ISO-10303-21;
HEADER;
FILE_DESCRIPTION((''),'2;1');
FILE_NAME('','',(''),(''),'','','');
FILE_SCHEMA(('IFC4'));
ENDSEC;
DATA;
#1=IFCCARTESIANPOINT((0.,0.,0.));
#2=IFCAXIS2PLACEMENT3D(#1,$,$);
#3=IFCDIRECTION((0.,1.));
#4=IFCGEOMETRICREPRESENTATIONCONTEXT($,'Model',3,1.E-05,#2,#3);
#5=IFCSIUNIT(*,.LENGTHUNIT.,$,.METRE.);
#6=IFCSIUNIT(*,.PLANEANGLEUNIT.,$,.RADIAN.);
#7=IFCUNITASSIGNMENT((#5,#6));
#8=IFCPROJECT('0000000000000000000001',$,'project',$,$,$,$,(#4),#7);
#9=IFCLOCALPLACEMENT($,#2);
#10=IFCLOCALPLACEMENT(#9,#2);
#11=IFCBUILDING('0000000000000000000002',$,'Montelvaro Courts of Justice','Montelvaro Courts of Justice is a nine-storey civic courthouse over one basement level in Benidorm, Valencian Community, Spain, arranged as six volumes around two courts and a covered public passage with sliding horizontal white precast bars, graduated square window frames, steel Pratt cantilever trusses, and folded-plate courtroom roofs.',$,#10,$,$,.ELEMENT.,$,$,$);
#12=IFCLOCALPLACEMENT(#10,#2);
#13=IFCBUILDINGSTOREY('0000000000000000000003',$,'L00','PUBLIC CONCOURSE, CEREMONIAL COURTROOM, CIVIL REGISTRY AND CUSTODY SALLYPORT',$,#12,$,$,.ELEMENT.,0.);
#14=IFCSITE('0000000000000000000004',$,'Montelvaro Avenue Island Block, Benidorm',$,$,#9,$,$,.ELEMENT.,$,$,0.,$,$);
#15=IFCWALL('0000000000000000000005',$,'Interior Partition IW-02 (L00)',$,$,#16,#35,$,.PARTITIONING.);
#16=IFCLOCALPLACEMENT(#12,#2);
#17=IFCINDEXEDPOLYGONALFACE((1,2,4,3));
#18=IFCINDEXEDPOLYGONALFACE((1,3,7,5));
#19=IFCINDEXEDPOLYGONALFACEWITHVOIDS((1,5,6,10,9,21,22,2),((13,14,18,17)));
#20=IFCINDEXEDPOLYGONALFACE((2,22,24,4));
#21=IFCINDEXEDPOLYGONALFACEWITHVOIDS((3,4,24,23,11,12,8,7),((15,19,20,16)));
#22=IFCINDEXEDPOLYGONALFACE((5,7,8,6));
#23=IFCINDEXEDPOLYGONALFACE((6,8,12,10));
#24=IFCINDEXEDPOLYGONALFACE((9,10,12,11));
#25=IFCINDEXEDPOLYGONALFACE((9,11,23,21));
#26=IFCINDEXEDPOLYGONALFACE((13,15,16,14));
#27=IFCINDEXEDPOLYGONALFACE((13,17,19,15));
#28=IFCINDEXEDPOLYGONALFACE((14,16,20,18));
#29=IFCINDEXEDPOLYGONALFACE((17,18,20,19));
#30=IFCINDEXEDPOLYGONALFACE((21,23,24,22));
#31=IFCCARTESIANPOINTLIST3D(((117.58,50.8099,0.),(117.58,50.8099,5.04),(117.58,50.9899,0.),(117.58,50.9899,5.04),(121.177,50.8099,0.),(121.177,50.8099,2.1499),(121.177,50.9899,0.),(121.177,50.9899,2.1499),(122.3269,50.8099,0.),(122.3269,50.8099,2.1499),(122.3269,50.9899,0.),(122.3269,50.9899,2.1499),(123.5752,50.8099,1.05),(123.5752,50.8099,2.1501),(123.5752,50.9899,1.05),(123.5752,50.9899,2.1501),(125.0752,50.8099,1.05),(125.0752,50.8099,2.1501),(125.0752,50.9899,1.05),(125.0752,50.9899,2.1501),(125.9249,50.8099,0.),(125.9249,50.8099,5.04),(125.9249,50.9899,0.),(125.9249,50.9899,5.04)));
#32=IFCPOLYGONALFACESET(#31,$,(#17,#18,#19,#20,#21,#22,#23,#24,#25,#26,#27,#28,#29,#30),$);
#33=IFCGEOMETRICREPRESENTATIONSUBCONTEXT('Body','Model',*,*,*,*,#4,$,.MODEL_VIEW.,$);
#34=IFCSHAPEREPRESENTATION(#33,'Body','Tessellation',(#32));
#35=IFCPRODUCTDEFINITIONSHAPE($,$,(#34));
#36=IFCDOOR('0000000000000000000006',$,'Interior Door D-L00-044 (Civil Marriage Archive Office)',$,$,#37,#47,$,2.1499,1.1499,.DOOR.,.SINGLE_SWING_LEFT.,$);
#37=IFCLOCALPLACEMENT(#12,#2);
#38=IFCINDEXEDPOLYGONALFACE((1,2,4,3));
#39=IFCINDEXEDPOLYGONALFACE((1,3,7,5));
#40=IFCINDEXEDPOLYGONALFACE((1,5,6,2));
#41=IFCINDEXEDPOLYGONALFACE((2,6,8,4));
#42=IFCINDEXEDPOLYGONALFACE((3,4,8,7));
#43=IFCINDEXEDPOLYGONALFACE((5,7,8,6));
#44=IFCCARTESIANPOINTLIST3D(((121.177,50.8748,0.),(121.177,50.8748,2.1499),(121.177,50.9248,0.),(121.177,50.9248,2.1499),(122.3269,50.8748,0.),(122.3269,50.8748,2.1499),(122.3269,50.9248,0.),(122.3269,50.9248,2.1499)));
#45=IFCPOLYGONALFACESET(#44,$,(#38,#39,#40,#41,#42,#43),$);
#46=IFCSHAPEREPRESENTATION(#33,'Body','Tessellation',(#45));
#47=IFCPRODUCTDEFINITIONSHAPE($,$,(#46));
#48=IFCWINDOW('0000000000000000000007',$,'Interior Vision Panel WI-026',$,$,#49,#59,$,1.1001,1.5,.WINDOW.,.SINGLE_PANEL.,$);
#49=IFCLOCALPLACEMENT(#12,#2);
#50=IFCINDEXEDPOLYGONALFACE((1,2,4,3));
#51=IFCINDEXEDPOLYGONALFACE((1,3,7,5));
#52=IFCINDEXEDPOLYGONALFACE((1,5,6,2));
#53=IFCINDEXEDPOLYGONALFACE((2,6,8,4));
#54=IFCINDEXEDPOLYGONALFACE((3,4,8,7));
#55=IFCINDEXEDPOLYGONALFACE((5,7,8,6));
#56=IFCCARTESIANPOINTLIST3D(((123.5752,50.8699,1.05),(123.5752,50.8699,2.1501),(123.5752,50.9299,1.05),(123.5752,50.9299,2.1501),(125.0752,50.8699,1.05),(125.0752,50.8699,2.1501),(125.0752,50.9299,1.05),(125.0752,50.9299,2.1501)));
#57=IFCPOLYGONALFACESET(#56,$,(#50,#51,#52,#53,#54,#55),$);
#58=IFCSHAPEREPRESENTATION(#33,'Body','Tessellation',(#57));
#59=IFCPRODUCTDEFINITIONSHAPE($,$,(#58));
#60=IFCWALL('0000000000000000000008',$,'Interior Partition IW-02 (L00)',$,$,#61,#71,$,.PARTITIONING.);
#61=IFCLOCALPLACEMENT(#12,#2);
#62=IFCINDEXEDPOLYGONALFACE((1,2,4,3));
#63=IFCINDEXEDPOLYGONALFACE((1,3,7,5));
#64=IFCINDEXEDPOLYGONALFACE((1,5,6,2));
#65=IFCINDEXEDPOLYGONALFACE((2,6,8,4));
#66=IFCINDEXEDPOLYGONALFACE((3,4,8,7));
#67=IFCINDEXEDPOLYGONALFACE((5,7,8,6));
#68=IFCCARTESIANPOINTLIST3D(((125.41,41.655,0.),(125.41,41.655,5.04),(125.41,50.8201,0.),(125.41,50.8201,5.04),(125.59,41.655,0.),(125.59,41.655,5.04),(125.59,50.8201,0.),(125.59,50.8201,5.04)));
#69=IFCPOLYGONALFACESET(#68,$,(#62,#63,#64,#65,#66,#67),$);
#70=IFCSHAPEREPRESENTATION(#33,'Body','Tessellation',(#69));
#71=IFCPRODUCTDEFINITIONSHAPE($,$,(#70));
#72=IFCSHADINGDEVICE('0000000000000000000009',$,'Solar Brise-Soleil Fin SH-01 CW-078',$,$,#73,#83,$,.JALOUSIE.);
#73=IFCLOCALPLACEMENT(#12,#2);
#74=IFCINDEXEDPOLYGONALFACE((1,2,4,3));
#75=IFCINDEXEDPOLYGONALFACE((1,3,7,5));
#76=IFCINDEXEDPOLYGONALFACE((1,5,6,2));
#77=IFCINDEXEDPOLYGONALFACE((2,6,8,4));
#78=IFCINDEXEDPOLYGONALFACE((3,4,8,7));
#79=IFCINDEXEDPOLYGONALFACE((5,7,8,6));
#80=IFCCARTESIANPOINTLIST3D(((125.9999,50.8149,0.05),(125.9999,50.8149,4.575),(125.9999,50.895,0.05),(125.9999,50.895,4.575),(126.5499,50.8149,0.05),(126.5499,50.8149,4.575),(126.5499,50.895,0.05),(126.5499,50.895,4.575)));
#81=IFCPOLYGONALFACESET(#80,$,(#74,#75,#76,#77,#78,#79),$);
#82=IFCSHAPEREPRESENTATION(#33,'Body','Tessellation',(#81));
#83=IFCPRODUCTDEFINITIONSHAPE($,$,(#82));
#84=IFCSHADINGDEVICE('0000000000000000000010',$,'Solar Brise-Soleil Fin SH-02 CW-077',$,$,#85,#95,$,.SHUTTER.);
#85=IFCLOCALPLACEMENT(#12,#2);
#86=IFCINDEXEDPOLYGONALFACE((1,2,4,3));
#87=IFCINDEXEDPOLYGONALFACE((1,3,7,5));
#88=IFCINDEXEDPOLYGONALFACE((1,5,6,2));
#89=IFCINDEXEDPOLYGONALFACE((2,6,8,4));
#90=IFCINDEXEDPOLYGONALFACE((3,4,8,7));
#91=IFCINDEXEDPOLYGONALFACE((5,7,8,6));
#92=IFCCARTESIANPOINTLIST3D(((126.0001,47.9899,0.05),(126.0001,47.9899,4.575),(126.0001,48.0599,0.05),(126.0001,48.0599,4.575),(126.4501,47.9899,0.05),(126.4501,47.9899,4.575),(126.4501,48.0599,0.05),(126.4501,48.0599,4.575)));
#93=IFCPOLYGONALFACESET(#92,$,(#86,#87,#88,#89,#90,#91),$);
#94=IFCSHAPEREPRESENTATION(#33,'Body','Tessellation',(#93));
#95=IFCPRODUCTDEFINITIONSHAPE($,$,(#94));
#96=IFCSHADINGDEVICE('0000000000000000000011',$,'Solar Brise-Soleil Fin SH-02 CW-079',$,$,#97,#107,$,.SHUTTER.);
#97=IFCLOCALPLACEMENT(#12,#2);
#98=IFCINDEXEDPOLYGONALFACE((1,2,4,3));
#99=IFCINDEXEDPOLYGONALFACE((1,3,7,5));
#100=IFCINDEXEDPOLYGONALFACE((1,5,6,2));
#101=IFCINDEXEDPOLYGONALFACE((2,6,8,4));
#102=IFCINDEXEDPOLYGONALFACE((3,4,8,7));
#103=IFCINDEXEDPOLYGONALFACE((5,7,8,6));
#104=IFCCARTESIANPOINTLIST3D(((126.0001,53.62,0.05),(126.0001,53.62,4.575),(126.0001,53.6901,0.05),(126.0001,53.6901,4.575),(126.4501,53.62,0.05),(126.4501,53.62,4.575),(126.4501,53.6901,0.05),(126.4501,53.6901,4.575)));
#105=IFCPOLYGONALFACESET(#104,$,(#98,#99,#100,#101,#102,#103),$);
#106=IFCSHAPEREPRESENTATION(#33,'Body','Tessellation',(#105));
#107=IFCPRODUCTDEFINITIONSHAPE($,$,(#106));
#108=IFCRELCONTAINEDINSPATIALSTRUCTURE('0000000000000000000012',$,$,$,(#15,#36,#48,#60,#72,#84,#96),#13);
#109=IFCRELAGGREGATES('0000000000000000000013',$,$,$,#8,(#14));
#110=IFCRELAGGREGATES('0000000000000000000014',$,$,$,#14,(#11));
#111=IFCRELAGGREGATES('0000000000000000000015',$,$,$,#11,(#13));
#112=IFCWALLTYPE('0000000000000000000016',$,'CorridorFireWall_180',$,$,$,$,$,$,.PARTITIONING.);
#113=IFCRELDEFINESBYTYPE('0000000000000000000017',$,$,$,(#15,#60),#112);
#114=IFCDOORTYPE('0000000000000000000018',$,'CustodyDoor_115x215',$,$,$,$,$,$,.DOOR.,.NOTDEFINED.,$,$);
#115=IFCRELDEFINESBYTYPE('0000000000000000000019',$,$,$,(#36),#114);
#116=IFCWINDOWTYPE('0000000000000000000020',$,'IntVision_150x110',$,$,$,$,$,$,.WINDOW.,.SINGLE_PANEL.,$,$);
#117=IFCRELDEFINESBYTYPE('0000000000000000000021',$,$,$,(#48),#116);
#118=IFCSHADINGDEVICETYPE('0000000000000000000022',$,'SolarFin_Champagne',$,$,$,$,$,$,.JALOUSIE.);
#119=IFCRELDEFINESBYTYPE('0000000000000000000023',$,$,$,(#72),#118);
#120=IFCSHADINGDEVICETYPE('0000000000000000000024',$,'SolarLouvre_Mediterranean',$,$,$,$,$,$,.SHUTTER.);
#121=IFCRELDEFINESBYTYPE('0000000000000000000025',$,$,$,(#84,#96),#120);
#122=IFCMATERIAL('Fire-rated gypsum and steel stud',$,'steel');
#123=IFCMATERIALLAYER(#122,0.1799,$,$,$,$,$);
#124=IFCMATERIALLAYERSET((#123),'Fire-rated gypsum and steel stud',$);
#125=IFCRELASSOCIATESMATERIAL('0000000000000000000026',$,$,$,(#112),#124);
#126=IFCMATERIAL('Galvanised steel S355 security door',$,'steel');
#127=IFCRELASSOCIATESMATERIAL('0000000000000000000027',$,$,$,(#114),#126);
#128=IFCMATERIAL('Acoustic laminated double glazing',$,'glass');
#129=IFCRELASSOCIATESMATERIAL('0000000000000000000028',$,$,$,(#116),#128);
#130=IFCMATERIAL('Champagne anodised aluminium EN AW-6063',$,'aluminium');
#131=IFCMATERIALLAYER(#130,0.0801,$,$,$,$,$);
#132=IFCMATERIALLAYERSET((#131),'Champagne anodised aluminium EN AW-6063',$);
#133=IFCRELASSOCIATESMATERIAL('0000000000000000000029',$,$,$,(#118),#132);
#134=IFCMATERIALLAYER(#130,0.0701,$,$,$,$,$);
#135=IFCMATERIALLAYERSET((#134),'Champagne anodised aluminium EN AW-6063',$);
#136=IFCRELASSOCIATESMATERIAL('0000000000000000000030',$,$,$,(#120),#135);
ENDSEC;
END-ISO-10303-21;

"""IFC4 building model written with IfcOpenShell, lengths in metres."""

from ifc_helpers import new_model, si_unit, direction, frame, frame_2d, origin, origin_2d, place, context, subcontext, project, spatial, rectangle, extrude, material, layer, layer_set, type_object, element, fill, save


model = new_model("IFC4")

# Units and contexts
model_context = context("Model", 3, precision=1e-05, world=origin(), true_north=direction((0.0, 1.0)))
body_context = subcontext(model_context, "Body", "Model", "MODEL_VIEW")
ifc_project = project(units=[si_unit("LENGTHUNIT", "METRE"), si_unit("PLANEANGLEUNIT", "RADIAN")], contexts=[model_context])

# Site, building, storey
site_placement = place(None, origin())
site = spatial("IfcSite", under=ifc_project, at=site_placement, Name="Montelvaro Avenue Island Block, Benidorm", CompositionType="ELEMENT", RefElevation=0.0)
building_placement = place(site_placement, origin())
building = spatial("IfcBuilding", under=site, at=building_placement, Name="Montelvaro Courts of Justice", Description="Montelvaro Courts of Justice is a nine-storey civic courthouse over one basement level in Benidorm, Valencian Community, Spain, arranged as six volumes around two courts and a covered public passage with sliding horizontal white precast bars, graduated square window frames, steel Pratt cantilever trusses, and folded-plate courtroom roofs.", CompositionType="ELEMENT")
storey_placement = place(building_placement, origin())
storey = spatial("IfcBuildingStorey", under=building, at=storey_placement, Name="L00", Description="PUBLIC CONCOURSE, CEREMONIAL COURTROOM, CIVIL REGISTRY AND CUSTODY SALLYPORT", CompositionType="ELEMENT", Elevation=0.0)

# Wall, openings, door, window
ifc_material_1 = material(Name="Fire-rated gypsum and steel stud", Category="steel")
ifc_layer_1 = layer(ifc_material_1, 0.1799)
ifc_layer_set_1 = layer_set([ifc_layer_1], Name="Fire-rated gypsum and steel stud")
wall_type_1 = type_object("IfcWallType", Name="CorridorFireWall_180", PredefinedType="PARTITIONING", material=ifc_layer_set_1)
wall_1_placement = place(storey_placement, frame((117.5801, 50.8999, 0.0), z_axis=(0.0, 0.0, 1.0), x_axis=(1.0, 0.0, 0.0)))
wall_1 = element("IfcWall", 1, at=wall_1_placement, inside=storey, type_object=wall_type_1, Name="Interior Partition IW-02 (L00)", PredefinedType="PARTITIONING", context=body_context, shape_type="SweptSolid", body=[
    extrude(rectangle(XDim=8.345, YDim=0.1799, at=frame_2d((4.1724, 0.0))), origin(), (0.0, 0.0, 1.0), 5.04),
])
opening_1_placement = place(wall_1_placement, frame((3.5969, 0.0, 0.0)))
opening_1 = element("IfcOpeningElement", 2, at=opening_1_placement, cuts=wall_1, PredefinedType="OPENING", context=body_context, shape_type="SweptSolid", body=[
    extrude(rectangle(XDim=1.1499, YDim=2.1499, at=frame_2d((0.575, 1.075))), frame((0.0, 0.105, 0.0), z_axis=(0.0, -1.0, 0.0), x_axis=(1.0, 0.0, 0.0)), (0.0, 0.0, 1.0), 0.2097),
])
opening_2_placement = place(wall_1_placement, frame((5.9951, 0.0, 1.05)))
opening_2 = element("IfcOpeningElement", 3, at=opening_2_placement, cuts=wall_1, PredefinedType="OPENING", context=body_context, shape_type="SweptSolid", body=[
    extrude(rectangle(XDim=1.5, YDim=1.1001, at=frame_2d((0.75, 0.55))), frame((0.0, 0.105, 0.0), z_axis=(0.0, -1.0, 0.0), x_axis=(1.0, 0.0, 0.0)), (0.0, 0.0, 1.0), 0.2097),
])
ifc_material_2 = material(Name="Galvanised steel S355 security door", Category="steel")
door_type = type_object("IfcDoorType", Name="CustodyDoor_115x215", OperationType="NOTDEFINED", PredefinedType="DOOR", material=ifc_material_2)
door_placement = place(opening_1_placement, origin())
door = element("IfcDoor", 4, at=door_placement, inside=storey, type_object=door_type, Name="Interior Door D-L00-044 (Civil Marriage Archive Office)", OperationType="SINGLE_SWING_LEFT", OverallHeight=2.1499, OverallWidth=1.1499, PredefinedType="DOOR", context=body_context, shape_type="SweptSolid", body=[
    extrude(rectangle(XDim=1.1499, YDim=2.1499, at=frame_2d((0.575, 1.075))), frame((0.0, 0.0249, 0.0), z_axis=(0.0, -1.0, 0.0), x_axis=(1.0, 0.0, 0.0)), (0.0, 0.0, 1.0), 0.05),
])
fill(opening_1, door)
ifc_material_3 = material(Name="Acoustic laminated double glazing", Category="glass")
window_type = type_object("IfcWindowType", Name="IntVision_150x110", PartitioningType="SINGLE_PANEL", PredefinedType="WINDOW", material=ifc_material_3)
window_placement = place(opening_2_placement, origin())
window = element("IfcWindow", 5, at=window_placement, inside=storey, type_object=window_type, Name="Interior Vision Panel WI-026", OverallHeight=1.1001, OverallWidth=1.5, PartitioningType="SINGLE_PANEL", PredefinedType="WINDOW", context=body_context, shape_type="SweptSolid", body=[
    extrude(rectangle(XDim=1.5, YDim=1.1001, at=frame_2d((0.75, 0.55))), frame((0.0, 0.03, 0.0), z_axis=(0.0, -1.0, 0.0), x_axis=(1.0, 0.0, 0.0)), (0.0, 0.0, 1.0), 0.0601),
])
fill(opening_2, window)

# Wall
wall_2_placement = place(storey_placement, frame((125.5, 50.8201, 0.0), z_axis=(0.0, 0.0, 1.0), x_axis=(0.0, -1.0, 0.0)))
element("IfcWall", 6, at=wall_2_placement, inside=storey, type_object=wall_type_1, Name="Interior Partition IW-02 (L00)", PredefinedType="PARTITIONING", context=body_context, shape_type="SweptSolid", body=[
    extrude(rectangle(XDim=9.165, YDim=0.1799, at=frame_2d((4.5825, 0.0))), origin(), (0.0, 0.0, 1.0), 5.04),
])

# Shading devices
ifc_material_4 = material(Name="Champagne anodised aluminium EN AW-6063", Category="aluminium")
ifc_layer_2 = layer(ifc_material_4, 0.0801)
ifc_layer_set_2 = layer_set([ifc_layer_2], Name="Champagne anodised aluminium EN AW-6063")
shading_device_type_1 = type_object("IfcShadingDeviceType", Name="SolarFin_Champagne", PredefinedType="JALOUSIE", material=ifc_layer_set_2)
shading_device_placement = place(storey_placement, frame((126.2749, 50.855, 0.05), z_axis=(0.0, 0.0, 1.0), x_axis=(0.0, 1.0, 0.0)))
element("IfcShadingDevice", 7, at=shading_device_placement, inside=storey, type_object=shading_device_type_1, Name="Solar Brise-Soleil Fin SH-01 CW-078", PredefinedType="JALOUSIE", context=body_context, shape_type="SweptSolid", body=[
    extrude(rectangle(XDim=0.0801, YDim=0.55, at=origin_2d()), origin(), (0.0, 0.0, 1.0), 4.5249),
])
ifc_layer_3 = layer(ifc_material_4, 0.0701)
ifc_layer_set_3 = layer_set([ifc_layer_3], Name="Champagne anodised aluminium EN AW-6063")
shading_device_type_2 = type_object("IfcShadingDeviceType", Name="SolarLouvre_Mediterranean", PredefinedType="SHUTTER", material=ifc_layer_set_3)
for number, where, z_axis, x_axis, name in (
    (8, (126.2251, 48.0249, 0.05), (0.0, 0.0, 1.0), (0.0, 1.0, 0.0), "Solar Brise-Soleil Fin SH-02 CW-077"),
    (9, (126.2251, 53.655, 0.05), (0.0, 0.0, 1.0), (0.0, 1.0, 0.0), "Solar Brise-Soleil Fin SH-02 CW-079"),
):
    element("IfcShadingDevice", number, at=place(storey_placement, frame(where, z_axis=z_axis, x_axis=x_axis)), inside=storey, type_object=shading_device_type_2, Name=name, PredefinedType="SHUTTER", context=body_context, shape_type="SweptSolid", body=[
        extrude(rectangle(XDim=0.0701, YDim=0.45, at=origin_2d()), origin(), (0.0, 0.0, 1.0), 4.5249),
    ])

save(model, "model.ifc")
